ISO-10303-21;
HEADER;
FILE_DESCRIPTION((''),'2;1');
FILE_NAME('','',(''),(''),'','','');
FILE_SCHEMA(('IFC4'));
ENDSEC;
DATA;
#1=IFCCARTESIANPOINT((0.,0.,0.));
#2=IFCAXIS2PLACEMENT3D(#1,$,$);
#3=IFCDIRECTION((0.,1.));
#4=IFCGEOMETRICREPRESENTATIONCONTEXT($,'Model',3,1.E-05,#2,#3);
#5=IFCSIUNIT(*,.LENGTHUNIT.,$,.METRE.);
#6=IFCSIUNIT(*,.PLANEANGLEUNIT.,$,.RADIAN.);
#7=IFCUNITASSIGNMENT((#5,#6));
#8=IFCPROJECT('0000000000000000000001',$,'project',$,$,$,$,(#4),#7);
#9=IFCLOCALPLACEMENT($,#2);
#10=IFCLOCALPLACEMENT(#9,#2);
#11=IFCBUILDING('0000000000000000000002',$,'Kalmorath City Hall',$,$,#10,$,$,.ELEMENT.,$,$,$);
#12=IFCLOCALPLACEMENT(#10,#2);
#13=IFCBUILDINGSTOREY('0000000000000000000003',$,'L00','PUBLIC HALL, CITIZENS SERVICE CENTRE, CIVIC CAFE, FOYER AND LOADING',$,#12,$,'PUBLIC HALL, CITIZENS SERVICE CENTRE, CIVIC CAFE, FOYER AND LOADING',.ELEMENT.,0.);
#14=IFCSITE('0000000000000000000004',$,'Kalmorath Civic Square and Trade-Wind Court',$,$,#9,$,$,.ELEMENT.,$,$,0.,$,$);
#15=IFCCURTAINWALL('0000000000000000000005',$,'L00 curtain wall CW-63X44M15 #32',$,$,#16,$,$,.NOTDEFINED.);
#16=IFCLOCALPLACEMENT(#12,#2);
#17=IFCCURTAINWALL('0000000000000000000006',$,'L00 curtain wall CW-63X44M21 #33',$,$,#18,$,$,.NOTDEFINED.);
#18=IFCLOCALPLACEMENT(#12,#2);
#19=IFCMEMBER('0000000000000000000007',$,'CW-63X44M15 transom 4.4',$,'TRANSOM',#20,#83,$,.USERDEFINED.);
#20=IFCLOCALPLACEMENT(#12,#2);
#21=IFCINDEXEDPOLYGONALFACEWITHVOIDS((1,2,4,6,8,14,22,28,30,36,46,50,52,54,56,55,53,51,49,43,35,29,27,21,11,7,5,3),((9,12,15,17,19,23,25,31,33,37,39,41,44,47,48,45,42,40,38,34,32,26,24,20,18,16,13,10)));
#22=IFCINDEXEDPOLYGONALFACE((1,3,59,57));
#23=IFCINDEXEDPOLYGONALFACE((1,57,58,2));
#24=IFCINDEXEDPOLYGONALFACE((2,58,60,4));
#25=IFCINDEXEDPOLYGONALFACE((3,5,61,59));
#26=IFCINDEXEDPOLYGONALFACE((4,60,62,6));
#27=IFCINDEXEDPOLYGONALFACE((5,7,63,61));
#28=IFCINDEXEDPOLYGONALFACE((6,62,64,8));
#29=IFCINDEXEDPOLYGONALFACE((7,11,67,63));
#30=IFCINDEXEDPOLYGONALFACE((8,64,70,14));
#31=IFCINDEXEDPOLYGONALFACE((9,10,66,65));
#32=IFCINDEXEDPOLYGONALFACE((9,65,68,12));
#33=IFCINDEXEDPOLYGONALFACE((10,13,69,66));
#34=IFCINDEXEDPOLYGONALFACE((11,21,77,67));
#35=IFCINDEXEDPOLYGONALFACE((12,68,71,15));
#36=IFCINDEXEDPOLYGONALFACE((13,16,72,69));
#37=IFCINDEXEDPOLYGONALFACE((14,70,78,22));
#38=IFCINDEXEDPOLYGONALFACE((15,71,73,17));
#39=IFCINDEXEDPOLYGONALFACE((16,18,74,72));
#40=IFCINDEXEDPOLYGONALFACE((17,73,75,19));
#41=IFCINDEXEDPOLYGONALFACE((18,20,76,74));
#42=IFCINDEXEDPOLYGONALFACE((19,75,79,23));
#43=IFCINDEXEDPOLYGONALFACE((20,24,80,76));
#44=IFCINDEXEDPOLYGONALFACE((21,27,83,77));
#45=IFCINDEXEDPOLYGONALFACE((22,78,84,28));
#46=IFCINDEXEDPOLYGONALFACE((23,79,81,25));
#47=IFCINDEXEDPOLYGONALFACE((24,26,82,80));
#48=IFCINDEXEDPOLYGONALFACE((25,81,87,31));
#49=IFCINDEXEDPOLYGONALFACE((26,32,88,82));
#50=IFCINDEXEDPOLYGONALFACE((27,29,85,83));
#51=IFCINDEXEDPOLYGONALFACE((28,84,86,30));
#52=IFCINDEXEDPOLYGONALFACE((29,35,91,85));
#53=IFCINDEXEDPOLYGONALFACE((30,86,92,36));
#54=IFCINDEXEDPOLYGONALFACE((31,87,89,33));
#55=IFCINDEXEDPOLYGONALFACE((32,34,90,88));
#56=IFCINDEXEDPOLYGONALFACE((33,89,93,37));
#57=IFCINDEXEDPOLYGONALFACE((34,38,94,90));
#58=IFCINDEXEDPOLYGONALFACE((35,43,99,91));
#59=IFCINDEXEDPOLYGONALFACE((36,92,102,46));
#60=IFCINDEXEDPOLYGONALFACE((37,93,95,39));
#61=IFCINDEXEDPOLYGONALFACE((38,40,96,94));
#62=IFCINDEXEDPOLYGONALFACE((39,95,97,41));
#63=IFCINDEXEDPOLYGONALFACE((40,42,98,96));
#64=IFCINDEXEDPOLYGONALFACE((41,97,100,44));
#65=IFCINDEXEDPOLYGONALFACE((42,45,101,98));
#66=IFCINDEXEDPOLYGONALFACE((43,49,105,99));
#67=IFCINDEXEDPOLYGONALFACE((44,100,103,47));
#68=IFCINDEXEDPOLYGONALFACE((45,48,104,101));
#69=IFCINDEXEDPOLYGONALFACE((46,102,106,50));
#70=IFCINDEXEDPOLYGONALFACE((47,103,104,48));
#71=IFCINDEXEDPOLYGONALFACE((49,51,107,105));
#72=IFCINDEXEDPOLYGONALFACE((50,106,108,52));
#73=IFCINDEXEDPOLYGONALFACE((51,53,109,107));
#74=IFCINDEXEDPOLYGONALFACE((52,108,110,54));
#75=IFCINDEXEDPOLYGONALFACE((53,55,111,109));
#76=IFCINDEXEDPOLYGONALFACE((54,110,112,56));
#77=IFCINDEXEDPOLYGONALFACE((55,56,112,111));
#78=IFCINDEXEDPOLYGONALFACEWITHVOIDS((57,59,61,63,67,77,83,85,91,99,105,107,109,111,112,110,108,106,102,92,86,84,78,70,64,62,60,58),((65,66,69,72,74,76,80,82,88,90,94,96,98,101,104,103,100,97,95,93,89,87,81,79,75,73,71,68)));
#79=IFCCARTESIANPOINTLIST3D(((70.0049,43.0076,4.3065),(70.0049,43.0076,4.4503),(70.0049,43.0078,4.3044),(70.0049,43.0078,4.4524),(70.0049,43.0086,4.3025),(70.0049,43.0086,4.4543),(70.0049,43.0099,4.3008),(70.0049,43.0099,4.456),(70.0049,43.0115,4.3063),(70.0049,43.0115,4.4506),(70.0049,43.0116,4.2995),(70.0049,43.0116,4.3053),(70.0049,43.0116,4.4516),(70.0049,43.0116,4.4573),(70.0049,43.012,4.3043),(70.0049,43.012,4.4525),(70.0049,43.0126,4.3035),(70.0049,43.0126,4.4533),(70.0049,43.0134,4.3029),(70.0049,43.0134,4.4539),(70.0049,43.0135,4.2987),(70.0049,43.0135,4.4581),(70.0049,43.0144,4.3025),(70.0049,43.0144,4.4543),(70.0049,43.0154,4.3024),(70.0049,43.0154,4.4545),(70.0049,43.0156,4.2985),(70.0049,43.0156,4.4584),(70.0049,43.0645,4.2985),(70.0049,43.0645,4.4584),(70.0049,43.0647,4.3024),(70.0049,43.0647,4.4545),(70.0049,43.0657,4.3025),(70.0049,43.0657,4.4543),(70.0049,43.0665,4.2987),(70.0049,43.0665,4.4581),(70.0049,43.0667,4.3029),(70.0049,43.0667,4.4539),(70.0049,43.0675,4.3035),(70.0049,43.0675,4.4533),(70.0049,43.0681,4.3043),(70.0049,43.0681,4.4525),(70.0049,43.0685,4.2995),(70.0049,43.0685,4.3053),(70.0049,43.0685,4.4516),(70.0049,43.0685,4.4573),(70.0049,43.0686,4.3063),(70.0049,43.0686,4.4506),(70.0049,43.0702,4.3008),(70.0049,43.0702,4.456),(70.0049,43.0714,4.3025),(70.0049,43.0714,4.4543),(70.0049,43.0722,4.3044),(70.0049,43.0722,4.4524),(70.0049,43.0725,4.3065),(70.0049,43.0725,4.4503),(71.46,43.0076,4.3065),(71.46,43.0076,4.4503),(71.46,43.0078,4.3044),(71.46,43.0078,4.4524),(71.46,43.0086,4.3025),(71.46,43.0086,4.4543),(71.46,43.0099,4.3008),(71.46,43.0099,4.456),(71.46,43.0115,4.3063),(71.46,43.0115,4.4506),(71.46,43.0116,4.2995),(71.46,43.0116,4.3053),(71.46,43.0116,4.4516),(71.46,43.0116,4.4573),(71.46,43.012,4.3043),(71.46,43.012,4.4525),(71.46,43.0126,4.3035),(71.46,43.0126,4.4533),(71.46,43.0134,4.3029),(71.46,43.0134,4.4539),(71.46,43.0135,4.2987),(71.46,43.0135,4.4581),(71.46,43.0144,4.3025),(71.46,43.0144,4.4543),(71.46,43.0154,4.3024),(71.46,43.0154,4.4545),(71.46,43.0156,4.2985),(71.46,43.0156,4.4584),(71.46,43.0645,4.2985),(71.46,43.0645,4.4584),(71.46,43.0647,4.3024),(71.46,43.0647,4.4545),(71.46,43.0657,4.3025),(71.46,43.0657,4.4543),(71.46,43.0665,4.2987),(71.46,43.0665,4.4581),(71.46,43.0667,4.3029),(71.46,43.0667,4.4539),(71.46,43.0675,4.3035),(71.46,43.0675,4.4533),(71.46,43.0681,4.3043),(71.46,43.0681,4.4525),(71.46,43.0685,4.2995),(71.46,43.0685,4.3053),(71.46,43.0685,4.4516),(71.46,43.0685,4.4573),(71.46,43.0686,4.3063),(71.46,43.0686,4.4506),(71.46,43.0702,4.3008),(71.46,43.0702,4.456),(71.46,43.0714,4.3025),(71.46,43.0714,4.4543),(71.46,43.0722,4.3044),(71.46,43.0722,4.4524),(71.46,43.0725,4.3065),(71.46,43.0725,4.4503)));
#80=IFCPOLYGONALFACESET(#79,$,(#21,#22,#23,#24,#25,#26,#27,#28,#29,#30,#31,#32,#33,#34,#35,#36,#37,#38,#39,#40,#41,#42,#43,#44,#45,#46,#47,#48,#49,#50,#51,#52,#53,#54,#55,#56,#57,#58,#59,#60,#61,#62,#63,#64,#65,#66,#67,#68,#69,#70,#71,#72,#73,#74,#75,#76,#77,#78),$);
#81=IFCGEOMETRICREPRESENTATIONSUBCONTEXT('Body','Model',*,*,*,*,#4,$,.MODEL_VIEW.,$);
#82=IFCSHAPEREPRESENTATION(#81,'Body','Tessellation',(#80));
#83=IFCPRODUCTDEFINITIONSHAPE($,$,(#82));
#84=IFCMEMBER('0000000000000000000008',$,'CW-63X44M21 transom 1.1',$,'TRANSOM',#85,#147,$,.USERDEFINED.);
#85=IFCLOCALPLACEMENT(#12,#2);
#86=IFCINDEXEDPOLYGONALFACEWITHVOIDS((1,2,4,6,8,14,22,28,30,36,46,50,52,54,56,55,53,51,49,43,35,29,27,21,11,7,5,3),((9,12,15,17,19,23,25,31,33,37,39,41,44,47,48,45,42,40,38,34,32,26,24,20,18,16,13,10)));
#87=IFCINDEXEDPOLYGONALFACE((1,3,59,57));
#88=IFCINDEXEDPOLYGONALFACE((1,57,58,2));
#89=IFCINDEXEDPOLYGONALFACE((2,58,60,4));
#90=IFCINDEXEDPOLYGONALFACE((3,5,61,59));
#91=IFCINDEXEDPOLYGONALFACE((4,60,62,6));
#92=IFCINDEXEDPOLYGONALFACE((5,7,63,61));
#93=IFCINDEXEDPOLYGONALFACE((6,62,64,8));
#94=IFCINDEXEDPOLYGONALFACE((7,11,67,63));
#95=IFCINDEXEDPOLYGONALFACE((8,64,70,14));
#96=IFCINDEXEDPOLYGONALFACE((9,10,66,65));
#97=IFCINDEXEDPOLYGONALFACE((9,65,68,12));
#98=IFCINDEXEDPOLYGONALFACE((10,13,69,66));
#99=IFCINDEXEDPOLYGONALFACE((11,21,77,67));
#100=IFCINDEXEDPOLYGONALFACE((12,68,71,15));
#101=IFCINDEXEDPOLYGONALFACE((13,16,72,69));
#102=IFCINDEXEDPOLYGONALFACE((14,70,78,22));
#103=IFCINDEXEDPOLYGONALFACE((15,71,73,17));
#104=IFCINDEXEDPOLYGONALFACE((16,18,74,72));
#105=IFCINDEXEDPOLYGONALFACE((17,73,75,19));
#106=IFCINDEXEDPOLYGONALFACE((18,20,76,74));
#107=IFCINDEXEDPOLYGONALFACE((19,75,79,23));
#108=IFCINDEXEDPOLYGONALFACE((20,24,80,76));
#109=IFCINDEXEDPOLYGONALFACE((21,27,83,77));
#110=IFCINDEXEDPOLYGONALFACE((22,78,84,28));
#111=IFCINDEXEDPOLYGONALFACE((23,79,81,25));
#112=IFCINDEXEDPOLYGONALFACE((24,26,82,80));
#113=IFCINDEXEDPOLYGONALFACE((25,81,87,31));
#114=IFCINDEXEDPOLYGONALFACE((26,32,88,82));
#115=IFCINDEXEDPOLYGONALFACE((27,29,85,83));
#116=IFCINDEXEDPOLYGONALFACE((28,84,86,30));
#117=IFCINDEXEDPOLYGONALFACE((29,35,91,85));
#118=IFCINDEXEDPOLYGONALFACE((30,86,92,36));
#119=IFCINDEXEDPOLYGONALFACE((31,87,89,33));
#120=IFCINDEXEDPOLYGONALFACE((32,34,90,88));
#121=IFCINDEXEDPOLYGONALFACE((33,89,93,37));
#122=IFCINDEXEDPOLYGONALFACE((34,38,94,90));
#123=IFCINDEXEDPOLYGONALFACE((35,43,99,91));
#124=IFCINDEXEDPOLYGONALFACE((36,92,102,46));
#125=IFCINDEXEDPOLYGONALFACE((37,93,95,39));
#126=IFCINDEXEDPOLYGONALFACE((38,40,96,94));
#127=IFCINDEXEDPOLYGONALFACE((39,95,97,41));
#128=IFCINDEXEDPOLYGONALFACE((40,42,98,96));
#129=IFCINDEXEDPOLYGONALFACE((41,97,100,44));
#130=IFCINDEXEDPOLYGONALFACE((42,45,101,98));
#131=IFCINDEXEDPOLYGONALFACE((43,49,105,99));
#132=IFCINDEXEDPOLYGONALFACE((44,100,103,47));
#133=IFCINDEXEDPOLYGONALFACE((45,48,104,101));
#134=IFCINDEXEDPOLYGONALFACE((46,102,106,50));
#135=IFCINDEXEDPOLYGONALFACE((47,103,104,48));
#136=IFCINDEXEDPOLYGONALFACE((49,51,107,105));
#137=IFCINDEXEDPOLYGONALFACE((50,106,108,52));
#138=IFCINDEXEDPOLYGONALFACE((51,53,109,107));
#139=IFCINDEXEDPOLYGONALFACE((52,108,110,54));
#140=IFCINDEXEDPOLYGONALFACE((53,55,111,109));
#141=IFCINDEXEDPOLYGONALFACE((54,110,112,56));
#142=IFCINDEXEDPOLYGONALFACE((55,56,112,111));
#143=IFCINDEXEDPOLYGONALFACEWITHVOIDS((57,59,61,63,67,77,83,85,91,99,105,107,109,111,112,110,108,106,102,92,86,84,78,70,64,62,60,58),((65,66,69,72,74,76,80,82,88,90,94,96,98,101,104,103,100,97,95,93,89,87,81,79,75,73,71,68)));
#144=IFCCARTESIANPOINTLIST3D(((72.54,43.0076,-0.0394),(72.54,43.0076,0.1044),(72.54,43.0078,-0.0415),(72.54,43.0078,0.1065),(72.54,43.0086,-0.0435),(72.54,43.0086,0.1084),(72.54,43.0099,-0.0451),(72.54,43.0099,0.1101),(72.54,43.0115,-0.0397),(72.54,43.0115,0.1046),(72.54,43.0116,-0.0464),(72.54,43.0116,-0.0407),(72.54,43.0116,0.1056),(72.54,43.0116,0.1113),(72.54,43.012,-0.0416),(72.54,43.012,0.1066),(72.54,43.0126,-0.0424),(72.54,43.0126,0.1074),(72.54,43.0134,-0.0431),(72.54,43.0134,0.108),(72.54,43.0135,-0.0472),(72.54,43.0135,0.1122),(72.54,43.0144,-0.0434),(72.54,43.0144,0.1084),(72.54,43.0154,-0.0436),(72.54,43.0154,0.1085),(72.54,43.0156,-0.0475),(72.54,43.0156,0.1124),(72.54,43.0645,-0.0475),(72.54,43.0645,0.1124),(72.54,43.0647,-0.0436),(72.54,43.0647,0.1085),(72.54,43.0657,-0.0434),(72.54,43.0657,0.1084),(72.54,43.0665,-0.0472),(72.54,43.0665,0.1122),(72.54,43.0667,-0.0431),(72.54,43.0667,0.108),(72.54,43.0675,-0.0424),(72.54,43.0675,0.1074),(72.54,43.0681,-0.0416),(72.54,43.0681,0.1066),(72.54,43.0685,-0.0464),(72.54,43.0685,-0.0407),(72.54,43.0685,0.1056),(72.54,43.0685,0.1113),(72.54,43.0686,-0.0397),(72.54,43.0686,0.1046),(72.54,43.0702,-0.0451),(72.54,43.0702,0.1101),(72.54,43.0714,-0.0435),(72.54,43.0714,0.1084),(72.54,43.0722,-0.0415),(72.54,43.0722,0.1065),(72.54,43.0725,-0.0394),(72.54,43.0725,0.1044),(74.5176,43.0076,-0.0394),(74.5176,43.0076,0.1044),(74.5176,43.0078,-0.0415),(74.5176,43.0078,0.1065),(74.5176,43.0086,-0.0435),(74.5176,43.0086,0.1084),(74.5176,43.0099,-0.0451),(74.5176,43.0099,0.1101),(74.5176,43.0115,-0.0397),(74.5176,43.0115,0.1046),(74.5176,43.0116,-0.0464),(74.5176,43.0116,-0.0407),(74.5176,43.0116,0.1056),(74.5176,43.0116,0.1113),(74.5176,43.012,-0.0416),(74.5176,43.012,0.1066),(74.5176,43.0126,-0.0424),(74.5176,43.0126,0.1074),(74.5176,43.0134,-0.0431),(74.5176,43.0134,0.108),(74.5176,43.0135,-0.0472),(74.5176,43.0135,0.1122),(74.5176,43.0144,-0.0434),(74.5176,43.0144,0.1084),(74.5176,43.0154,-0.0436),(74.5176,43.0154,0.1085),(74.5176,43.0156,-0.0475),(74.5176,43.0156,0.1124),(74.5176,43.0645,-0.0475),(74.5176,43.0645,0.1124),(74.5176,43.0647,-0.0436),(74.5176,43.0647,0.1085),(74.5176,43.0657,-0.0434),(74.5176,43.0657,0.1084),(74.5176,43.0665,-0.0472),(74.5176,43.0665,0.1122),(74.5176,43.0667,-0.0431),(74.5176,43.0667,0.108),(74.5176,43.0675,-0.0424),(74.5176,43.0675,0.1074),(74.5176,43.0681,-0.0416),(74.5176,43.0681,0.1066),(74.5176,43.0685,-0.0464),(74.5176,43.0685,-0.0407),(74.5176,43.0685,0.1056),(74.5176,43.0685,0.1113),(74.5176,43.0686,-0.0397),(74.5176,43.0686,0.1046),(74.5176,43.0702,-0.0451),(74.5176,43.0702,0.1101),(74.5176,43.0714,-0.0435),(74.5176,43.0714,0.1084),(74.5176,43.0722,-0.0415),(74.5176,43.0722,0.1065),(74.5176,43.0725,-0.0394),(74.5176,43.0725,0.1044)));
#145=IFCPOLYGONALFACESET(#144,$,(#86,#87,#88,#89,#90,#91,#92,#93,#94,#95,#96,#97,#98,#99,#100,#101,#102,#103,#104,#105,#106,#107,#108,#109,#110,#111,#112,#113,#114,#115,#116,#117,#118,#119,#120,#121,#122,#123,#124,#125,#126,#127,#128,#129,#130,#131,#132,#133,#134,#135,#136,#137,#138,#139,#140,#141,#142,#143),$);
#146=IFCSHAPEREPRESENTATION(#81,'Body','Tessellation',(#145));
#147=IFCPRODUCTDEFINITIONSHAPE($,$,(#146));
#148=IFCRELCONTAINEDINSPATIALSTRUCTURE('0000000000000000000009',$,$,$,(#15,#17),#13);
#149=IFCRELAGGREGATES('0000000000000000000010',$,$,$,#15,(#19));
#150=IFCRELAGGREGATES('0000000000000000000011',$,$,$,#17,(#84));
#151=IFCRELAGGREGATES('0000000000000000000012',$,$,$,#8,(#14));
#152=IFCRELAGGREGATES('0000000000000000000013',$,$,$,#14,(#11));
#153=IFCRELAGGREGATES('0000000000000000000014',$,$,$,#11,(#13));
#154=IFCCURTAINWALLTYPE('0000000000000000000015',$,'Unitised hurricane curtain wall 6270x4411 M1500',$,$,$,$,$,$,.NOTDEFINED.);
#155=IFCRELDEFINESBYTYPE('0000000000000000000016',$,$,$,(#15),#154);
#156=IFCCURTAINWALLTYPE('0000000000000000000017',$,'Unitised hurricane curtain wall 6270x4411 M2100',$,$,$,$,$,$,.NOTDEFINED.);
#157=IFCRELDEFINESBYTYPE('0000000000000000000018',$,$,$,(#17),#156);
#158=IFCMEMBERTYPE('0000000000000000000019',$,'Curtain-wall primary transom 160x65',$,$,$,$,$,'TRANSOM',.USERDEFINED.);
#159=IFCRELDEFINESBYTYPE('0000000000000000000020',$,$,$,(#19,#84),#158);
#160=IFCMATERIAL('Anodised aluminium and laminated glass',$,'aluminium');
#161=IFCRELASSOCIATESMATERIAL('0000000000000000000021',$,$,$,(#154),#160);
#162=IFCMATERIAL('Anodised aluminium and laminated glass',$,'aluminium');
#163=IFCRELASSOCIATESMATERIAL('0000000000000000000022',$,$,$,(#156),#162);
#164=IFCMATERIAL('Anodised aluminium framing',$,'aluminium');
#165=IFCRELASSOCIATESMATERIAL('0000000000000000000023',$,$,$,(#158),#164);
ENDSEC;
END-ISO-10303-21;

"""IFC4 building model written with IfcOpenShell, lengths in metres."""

from ifc_helpers import new_model, si_unit, direction, frame, origin, origin_2d, place, context, subcontext, project, spatial, hollow_rectangle, extrude, material, material_profile, profile_set, type_object, element, aggregate, save


model = new_model("IFC4")

# Units and contexts
model_context = context("Model", 3, precision=1e-05, world=origin(), true_north=direction((0.0, 1.0)))
body_context = subcontext(model_context, "Body", "Model", "MODEL_VIEW")
ifc_project = project(units=[si_unit("LENGTHUNIT", "METRE"), si_unit("PLANEANGLEUNIT", "RADIAN")], contexts=[model_context])

# Site, building, storey
site_placement = place(None, origin())
site = spatial("IfcSite", under=ifc_project, at=site_placement, Name="Kalmorath Civic Square and Trade-Wind Court", CompositionType="ELEMENT", RefElevation=0.0)
building_placement = place(site_placement, origin())
building = spatial("IfcBuilding", under=site, at=building_placement, Name="Kalmorath City Hall", CompositionType="ELEMENT")
storey_placement = place(building_placement, origin())
storey = spatial("IfcBuildingStorey", under=building, at=storey_placement, Name="L00", Description="PUBLIC HALL, CITIZENS SERVICE CENTRE, CIVIC CAFE, FOYER AND LOADING", LongName="PUBLIC HALL, CITIZENS SERVICE CENTRE, CIVIC CAFE, FOYER AND LOADING", CompositionType="ELEMENT", Elevation=0.0)

# Curtain walls
ifc_material_1 = material(Name="Anodised aluminium and laminated glass", Category="aluminium")
curtain_wall_type_1 = type_object("IfcCurtainWallType", Name="Unitised hurricane curtain wall 6270x4411 M1500", PredefinedType="NOTDEFINED", material=ifc_material_1)
curtain_wall_1_placement = place(storey_placement, origin())
curtain_wall_1 = element("IfcCurtainWall", 1, at=curtain_wall_1_placement, inside=storey, type_object=curtain_wall_type_1, Name="L00 curtain wall CW-63X44M15 #32", PredefinedType="NOTDEFINED")
ifc_material_2 = material(Name="Anodised aluminium and laminated glass", Category="aluminium")
curtain_wall_type_2 = type_object("IfcCurtainWallType", Name="Unitised hurricane curtain wall 6270x4411 M2100", PredefinedType="NOTDEFINED", material=ifc_material_2)
curtain_wall_2_placement = place(storey_placement, origin())
curtain_wall_2 = element("IfcCurtainWall", 2, at=curtain_wall_2_placement, inside=storey, type_object=curtain_wall_type_2, Name="L00 curtain wall CW-63X44M21 #33", PredefinedType="NOTDEFINED")

# Members
ifc_material_3 = material(Name="Anodised aluminium framing", Category="aluminium")
ifc_material_profile_1 = material_profile(ifc_material_3, hollow_rectangle(XDim=0.0649, YDim=0.1599, WallThickness=0.0039, InnerFilletRadius=0.0039, OuterFilletRadius=0.0081, at=origin_2d()), Name="ALU-TRN-160X65X4")
ifc_profile_set_1 = profile_set([ifc_material_profile_1], Name="Anodised aluminium framing")
member_type_1 = type_object("IfcMemberType", Name="Curtain-wall primary transom 160x65", ElementType="TRANSOM", PredefinedType="USERDEFINED", material=ifc_profile_set_1)
member_1_placement = place(storey_placement, frame((70.0049, 43.04, 4.3784), z_axis=(1.0, 0.0, 0.0), x_axis=(0.0, 1.0, 0.0)))
member_1 = element("IfcMember", 3, at=member_1_placement, type_object=member_type_1, Name="CW-63X44M15 transom 4.4", ObjectType="TRANSOM", PredefinedType="USERDEFINED", context=body_context, shape_type="SweptSolid", body=[
    extrude(hollow_rectangle(XDim=0.0649, YDim=0.1599, WallThickness=0.0039, InnerFilletRadius=0.0039, OuterFilletRadius=0.0081, at=origin_2d()), origin(), (0.0, 0.0, 1.0), 1.4551),
])
member_2_placement = place(storey_placement, frame((72.54, 43.04, 0.0325), z_axis=(1.0, 0.0, 0.0), x_axis=(0.0, 1.0, 0.0)))
member_2 = element("IfcMember", 4, at=member_2_placement, type_object=member_type_1, Name="CW-63X44M21 transom 1.1", ObjectType="TRANSOM", PredefinedType="USERDEFINED", context=body_context, shape_type="SweptSolid", body=[
    extrude(hollow_rectangle(XDim=0.0649, YDim=0.1599, WallThickness=0.0039, InnerFilletRadius=0.0039, OuterFilletRadius=0.0081, at=origin_2d()), origin(), (0.0, 0.0, 1.0), 1.9775),
])

aggregate(curtain_wall_1, [member_1])
aggregate(curtain_wall_2, [member_2])

save(model, "model.ifc")
